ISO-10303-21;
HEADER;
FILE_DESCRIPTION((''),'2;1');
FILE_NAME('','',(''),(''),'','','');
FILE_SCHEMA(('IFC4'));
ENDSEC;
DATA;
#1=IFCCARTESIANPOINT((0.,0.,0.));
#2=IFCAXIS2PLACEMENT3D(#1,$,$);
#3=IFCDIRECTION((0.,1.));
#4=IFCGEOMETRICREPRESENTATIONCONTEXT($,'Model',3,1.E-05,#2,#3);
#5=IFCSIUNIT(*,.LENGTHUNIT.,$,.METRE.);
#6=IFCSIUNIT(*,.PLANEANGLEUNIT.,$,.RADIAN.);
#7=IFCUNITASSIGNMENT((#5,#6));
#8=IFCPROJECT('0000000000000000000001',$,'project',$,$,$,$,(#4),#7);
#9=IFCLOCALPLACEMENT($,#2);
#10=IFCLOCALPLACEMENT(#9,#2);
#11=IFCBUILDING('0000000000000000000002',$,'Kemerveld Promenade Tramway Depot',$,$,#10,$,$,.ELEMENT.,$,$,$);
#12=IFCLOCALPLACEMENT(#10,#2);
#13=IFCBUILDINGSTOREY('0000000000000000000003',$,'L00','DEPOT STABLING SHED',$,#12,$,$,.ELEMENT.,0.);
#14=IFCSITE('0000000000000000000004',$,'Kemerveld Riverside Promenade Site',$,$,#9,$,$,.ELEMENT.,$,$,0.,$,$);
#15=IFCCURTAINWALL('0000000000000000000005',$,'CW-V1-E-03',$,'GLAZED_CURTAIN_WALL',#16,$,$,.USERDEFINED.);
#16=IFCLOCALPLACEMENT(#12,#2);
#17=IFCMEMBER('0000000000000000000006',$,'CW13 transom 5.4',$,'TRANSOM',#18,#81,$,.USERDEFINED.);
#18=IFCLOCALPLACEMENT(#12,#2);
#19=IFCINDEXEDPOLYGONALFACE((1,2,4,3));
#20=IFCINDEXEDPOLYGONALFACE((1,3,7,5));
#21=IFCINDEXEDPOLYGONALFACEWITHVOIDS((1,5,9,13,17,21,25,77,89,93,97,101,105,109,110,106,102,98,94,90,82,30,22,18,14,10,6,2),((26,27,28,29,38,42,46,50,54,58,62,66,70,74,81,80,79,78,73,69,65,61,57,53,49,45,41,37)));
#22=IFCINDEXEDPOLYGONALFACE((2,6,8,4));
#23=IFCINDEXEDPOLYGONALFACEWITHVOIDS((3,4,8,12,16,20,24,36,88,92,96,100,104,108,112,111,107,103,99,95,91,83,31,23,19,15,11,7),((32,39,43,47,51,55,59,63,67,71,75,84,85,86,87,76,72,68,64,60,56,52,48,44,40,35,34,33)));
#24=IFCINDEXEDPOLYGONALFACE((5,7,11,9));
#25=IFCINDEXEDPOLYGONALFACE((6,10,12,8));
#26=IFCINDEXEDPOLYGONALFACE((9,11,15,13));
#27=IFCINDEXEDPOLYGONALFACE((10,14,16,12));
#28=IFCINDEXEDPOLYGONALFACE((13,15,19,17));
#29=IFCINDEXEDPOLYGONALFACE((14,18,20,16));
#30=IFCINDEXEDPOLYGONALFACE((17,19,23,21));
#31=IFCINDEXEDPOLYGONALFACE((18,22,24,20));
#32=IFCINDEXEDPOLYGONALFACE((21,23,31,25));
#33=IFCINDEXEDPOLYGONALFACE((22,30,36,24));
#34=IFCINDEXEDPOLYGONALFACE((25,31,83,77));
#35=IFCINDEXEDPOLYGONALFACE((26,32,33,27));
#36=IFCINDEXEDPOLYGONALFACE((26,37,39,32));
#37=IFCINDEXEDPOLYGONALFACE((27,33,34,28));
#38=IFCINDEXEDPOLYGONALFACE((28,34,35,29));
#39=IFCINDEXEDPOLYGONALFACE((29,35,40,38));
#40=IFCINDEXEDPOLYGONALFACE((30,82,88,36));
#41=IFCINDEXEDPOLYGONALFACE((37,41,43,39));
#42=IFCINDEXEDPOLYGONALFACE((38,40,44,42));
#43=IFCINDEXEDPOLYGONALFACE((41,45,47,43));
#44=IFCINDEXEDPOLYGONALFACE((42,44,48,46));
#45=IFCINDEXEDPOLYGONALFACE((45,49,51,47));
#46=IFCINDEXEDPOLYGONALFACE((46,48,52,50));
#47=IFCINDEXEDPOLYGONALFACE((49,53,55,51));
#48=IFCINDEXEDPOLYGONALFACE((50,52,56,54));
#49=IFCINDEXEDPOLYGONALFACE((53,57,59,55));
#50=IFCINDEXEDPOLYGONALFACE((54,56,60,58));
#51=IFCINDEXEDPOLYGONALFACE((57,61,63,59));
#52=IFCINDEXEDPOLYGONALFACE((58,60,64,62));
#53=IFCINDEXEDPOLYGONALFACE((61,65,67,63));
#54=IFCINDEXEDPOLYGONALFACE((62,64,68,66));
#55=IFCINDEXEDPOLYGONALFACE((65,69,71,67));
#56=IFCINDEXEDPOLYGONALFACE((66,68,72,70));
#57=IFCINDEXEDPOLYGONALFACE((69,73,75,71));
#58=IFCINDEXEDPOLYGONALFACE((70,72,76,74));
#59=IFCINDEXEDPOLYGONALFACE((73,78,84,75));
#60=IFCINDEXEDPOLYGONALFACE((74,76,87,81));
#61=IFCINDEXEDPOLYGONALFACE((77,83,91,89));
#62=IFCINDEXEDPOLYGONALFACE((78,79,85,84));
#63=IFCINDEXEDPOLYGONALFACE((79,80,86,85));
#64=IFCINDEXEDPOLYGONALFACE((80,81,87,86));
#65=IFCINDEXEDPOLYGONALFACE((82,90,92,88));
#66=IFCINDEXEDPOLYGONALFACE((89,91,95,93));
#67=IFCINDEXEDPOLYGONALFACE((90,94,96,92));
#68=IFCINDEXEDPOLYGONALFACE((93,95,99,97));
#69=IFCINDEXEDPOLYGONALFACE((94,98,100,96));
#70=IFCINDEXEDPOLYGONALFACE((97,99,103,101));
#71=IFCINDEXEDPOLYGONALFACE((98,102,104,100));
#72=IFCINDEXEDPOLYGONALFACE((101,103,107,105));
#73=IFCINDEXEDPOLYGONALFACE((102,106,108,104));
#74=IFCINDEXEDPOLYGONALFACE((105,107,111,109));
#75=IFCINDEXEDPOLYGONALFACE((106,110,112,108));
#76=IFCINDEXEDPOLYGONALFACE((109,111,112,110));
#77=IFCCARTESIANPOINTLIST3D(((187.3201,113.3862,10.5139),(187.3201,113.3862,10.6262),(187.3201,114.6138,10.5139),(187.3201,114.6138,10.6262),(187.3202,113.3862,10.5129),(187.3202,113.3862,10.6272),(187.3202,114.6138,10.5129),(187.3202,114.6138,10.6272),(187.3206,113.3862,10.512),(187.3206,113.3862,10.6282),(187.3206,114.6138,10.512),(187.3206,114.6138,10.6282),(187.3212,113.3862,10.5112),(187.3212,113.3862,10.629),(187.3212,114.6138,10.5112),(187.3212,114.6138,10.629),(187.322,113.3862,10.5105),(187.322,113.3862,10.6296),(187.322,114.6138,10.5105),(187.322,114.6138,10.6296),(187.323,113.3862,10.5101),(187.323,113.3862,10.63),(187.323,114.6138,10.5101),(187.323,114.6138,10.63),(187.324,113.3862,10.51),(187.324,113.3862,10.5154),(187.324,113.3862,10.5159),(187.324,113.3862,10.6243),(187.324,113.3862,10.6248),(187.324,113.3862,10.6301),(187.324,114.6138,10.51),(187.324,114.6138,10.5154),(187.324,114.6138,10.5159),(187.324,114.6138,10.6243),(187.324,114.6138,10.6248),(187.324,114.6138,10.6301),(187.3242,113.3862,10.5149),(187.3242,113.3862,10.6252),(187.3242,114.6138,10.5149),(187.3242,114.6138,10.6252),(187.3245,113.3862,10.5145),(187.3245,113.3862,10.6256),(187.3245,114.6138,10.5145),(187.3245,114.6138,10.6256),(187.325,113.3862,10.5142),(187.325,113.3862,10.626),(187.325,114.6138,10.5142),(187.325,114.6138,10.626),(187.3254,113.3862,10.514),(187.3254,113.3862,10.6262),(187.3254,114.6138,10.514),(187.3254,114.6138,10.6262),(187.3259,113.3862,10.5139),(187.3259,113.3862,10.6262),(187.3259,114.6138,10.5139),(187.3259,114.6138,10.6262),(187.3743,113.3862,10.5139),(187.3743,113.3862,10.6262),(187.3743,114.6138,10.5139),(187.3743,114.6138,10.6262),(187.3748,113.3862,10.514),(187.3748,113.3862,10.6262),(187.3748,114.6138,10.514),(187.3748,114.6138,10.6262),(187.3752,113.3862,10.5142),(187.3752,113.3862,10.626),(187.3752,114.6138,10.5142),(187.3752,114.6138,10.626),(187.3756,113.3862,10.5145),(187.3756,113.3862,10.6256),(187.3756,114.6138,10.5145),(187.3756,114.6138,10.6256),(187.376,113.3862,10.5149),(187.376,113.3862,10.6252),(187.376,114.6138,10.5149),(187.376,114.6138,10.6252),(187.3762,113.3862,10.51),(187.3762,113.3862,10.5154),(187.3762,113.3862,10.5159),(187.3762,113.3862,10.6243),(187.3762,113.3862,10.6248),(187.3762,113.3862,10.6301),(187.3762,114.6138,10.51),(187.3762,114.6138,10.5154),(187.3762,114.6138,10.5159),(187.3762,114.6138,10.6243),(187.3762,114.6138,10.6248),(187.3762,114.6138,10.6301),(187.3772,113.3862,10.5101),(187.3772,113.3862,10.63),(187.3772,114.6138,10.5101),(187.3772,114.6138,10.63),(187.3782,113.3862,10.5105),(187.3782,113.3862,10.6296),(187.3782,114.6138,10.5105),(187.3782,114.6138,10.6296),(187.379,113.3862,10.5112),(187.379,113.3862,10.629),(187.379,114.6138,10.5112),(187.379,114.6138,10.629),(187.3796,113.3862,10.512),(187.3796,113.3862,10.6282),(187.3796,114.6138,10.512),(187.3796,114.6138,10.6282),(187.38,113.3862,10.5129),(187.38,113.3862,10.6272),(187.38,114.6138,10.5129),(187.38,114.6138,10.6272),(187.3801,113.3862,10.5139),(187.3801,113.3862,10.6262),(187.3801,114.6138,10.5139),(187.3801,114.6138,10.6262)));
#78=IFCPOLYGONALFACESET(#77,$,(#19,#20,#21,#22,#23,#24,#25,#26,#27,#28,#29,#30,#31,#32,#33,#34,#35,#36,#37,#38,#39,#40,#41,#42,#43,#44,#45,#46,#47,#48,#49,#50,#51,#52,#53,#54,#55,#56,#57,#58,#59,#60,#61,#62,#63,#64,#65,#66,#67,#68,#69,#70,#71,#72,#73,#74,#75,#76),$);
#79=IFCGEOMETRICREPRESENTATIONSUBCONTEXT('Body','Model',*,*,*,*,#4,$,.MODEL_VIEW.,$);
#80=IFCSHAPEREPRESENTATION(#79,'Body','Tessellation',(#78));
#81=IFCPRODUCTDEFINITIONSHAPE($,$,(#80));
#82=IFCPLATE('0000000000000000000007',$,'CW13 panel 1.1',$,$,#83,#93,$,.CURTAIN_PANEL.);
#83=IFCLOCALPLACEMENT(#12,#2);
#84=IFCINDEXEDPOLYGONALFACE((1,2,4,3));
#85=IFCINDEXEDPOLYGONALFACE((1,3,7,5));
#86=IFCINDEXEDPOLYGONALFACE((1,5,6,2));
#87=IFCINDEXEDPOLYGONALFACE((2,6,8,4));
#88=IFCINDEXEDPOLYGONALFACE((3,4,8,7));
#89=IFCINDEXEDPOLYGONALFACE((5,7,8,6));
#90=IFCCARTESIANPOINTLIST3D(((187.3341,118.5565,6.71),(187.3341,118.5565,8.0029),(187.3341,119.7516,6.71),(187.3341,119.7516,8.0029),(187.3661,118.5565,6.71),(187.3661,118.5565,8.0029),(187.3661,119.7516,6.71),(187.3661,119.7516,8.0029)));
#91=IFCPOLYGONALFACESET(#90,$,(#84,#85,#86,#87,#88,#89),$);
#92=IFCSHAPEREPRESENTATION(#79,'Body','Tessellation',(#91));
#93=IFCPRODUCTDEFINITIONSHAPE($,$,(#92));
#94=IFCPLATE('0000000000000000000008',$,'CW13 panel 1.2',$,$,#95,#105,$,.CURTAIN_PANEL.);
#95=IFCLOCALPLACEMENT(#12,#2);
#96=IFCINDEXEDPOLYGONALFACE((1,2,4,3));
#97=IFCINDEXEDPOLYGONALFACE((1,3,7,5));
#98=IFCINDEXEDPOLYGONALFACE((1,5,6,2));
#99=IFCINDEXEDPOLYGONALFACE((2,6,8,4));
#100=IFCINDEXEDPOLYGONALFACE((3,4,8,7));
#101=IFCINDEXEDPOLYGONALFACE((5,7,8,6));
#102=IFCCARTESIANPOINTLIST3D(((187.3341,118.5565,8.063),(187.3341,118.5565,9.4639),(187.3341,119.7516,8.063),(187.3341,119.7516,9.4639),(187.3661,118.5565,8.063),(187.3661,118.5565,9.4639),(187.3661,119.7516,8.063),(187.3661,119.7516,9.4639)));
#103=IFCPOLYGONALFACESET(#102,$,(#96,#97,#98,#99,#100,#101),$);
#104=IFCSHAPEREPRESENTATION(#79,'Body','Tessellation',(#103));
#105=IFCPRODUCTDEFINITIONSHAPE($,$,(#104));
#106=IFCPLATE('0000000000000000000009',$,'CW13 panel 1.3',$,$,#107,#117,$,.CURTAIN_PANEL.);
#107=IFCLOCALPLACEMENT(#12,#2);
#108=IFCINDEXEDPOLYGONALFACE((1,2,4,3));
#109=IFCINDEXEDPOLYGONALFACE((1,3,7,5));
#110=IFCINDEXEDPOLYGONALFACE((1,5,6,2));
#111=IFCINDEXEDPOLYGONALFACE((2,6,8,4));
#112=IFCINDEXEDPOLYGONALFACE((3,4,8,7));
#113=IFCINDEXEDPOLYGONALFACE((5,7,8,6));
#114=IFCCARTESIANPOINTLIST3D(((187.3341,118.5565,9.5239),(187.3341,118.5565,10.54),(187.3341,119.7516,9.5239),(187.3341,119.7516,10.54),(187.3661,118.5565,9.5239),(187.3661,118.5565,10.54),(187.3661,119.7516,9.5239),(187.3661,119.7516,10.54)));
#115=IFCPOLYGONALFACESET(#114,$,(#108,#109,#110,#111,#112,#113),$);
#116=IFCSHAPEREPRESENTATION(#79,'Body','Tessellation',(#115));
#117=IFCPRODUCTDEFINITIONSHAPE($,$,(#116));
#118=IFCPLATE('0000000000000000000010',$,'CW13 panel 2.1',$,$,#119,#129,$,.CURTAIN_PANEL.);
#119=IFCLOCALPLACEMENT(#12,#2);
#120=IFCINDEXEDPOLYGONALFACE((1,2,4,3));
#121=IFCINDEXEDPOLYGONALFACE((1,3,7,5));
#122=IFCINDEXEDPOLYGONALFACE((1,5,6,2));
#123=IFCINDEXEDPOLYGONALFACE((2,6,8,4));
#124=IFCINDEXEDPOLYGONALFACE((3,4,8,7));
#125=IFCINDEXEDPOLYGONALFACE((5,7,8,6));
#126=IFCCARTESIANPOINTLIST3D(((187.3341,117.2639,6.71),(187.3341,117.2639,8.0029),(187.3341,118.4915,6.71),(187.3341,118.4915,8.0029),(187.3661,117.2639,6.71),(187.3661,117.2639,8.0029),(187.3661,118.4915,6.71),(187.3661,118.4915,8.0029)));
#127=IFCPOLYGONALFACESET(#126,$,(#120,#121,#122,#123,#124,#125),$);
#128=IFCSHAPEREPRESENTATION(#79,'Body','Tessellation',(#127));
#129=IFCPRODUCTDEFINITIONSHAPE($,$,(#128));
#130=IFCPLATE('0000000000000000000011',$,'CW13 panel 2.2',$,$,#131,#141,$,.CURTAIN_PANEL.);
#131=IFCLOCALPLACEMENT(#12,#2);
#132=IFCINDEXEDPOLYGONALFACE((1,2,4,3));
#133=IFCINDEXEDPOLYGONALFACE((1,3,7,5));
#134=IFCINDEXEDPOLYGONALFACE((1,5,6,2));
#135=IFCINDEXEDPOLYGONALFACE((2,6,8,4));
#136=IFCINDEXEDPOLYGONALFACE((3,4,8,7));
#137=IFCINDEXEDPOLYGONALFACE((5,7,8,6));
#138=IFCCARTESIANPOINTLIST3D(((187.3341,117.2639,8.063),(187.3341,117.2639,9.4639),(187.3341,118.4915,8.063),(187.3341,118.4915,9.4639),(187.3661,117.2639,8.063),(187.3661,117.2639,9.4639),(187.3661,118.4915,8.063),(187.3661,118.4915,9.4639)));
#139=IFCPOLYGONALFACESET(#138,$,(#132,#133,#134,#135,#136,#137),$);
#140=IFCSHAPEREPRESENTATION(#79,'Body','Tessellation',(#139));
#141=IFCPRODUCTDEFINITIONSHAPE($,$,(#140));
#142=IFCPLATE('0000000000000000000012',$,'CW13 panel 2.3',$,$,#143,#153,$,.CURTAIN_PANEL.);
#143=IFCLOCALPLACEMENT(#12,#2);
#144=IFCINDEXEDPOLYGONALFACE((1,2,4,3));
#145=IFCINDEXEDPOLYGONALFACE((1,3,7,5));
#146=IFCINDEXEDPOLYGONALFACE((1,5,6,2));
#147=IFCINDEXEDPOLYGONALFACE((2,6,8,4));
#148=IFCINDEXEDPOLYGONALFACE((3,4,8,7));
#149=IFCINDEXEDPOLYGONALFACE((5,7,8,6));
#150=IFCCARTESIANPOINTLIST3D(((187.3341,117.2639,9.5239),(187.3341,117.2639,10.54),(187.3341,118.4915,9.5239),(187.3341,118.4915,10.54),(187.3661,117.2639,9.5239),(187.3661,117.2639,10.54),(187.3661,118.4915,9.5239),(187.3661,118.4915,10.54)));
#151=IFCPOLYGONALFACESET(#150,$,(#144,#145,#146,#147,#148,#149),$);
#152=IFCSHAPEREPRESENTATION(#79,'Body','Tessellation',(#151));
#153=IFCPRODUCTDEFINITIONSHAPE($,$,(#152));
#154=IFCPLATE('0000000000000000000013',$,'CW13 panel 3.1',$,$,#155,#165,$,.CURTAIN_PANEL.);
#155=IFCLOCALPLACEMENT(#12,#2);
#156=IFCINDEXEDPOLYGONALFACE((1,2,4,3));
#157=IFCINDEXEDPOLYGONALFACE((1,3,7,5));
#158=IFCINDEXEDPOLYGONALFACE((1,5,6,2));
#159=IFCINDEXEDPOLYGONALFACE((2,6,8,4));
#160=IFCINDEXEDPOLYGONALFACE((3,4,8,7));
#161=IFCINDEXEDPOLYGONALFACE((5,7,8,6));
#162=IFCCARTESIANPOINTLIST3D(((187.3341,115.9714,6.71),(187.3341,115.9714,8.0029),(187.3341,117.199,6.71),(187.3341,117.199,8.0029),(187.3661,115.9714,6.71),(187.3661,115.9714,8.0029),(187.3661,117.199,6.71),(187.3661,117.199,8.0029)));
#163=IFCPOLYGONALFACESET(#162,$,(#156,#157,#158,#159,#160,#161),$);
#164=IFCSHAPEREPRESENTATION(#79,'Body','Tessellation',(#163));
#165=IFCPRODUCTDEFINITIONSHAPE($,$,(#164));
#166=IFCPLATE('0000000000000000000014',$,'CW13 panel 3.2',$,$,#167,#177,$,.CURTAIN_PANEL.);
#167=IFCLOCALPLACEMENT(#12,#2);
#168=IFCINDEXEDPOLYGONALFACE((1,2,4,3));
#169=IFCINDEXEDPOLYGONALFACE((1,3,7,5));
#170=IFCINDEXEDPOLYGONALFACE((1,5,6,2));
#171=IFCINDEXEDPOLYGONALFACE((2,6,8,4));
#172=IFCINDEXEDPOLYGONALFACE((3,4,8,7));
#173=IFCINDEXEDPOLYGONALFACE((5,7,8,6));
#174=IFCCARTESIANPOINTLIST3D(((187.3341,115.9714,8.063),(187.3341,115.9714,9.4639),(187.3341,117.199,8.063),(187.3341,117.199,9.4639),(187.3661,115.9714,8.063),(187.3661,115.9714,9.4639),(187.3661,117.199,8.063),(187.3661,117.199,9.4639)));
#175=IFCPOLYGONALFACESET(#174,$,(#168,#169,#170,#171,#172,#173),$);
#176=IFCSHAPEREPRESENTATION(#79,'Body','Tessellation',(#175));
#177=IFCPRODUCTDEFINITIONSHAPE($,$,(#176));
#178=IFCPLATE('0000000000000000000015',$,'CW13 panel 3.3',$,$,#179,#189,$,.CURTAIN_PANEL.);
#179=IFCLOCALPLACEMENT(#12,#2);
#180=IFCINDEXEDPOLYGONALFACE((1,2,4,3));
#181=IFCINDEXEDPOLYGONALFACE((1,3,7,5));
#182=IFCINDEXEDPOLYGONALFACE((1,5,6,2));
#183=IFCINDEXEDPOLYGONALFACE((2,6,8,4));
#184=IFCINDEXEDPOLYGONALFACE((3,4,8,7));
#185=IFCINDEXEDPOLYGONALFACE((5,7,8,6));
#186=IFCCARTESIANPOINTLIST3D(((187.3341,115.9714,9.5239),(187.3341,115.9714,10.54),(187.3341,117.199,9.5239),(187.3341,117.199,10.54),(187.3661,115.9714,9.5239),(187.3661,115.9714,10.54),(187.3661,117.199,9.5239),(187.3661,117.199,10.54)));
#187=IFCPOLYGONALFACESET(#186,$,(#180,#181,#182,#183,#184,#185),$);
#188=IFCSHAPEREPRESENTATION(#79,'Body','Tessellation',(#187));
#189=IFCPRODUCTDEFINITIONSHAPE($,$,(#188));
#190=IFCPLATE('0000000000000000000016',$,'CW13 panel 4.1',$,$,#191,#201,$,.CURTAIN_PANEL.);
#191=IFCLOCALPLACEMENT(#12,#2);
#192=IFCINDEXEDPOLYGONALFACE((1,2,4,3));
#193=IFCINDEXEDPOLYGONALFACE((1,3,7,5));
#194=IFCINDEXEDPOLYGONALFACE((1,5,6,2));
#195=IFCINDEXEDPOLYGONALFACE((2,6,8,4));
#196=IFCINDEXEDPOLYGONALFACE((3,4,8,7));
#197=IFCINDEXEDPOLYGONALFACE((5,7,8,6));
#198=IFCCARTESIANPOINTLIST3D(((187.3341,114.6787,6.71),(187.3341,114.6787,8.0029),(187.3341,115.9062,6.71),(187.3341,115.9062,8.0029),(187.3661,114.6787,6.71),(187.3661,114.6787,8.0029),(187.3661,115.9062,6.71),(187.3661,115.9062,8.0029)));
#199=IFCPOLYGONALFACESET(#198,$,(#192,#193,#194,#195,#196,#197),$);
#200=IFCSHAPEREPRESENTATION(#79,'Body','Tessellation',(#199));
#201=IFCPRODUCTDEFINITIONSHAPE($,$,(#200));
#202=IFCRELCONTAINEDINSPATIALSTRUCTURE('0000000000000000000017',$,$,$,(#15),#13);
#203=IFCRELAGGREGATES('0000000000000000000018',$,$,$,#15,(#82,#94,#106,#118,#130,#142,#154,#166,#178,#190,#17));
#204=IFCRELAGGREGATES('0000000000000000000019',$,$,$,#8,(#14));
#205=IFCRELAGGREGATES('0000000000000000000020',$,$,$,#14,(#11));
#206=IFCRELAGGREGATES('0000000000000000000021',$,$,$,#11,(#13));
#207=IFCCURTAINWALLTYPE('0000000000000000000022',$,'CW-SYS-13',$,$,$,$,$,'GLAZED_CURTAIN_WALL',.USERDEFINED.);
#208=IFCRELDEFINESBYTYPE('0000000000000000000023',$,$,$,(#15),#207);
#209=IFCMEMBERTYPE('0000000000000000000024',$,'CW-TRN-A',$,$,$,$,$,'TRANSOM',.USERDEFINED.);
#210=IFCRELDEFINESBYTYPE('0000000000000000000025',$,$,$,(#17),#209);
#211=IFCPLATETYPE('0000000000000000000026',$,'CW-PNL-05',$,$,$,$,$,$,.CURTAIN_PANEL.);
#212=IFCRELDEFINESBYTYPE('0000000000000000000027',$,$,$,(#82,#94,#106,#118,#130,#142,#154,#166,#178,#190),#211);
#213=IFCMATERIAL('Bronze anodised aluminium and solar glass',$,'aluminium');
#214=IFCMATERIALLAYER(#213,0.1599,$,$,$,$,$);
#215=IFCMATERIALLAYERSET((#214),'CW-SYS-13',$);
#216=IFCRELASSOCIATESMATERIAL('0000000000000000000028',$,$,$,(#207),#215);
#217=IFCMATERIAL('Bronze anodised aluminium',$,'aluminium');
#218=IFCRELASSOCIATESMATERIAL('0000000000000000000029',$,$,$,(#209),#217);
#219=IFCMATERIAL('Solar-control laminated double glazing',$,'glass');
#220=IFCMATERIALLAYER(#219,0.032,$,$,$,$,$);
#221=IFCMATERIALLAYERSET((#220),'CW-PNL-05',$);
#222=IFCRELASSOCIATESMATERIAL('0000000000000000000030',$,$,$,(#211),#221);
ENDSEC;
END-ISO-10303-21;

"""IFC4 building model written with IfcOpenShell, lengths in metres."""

from ifc_helpers import new_model, si_unit, direction, frame, origin, origin_2d, place, context, subcontext, project, spatial, rectangle, hollow_rectangle, extrude, material, layer, layer_set, material_profile, profile_set, type_object, element, aggregate, save


model = new_model("IFC4")

# Units and contexts
model_context = context("Model", 3, precision=1e-05, world=origin(), true_north=direction((0.0, 1.0)))
body_context = subcontext(model_context, "Body", "Model", "MODEL_VIEW")
ifc_project = project(units=[si_unit("LENGTHUNIT", "METRE"), si_unit("PLANEANGLEUNIT", "RADIAN")], contexts=[model_context])

# Site, building, storey
site_placement = place(None, origin())
site = spatial("IfcSite", under=ifc_project, at=site_placement, Name="Kemerveld Riverside Promenade Site", CompositionType="ELEMENT", RefElevation=0.0)
building_placement = place(site_placement, origin())
building = spatial("IfcBuilding", under=site, at=building_placement, Name="Kemerveld Promenade Tramway Depot", CompositionType="ELEMENT")
storey_placement = place(building_placement, origin())
storey = spatial("IfcBuildingStorey", under=building, at=storey_placement, Name="L00", Description="DEPOT STABLING SHED", CompositionType="ELEMENT", Elevation=0.0)

# Curtain wall, member, plates
ifc_material_1 = material(Name="Bronze anodised aluminium and solar glass", Category="aluminium")
ifc_layer_1 = layer(ifc_material_1, 0.1599)
ifc_layer_set_1 = layer_set([ifc_layer_1], Name="CW-SYS-13")
curtain_wall_type = type_object("IfcCurtainWallType", Name="CW-SYS-13", ElementType="GLAZED_CURTAIN_WALL", PredefinedType="USERDEFINED", material=ifc_layer_set_1)
curtain_wall_placement = place(storey_placement, origin())
curtain_wall = element("IfcCurtainWall", 1, at=curtain_wall_placement, inside=storey, type_object=curtain_wall_type, Name="CW-V1-E-03", ObjectType="GLAZED_CURTAIN_WALL", PredefinedType="USERDEFINED")
ifc_material_2 = material(Name="Bronze anodised aluminium", Category="aluminium")
ifc_material_profile_1 = material_profile(ifc_material_2, hollow_rectangle(XDim=0.0601, YDim=0.1201, WallThickness=0.0039, InnerFilletRadius=0.002, OuterFilletRadius=0.0039, at=origin_2d()), Name="CW-TRN-120x60")
ifc_profile_set_1 = profile_set([ifc_material_profile_1], Name="Bronze anodised aluminium")
member_type_1 = type_object("IfcMemberType", Name="CW-TRN-A", ElementType="TRANSOM", PredefinedType="USERDEFINED", material=ifc_profile_set_1)
member_1_placement = place(storey_placement, frame((187.3501, 114.6138, 10.5701), z_axis=(0.0, -1.0, 0.0), x_axis=(1.0, 0.0, 0.0)))
member_1 = element("IfcMember", 2, at=member_1_placement, type_object=member_type_1, Name="CW13 transom 5.4", ObjectType="TRANSOM", PredefinedType="USERDEFINED", context=body_context, shape_type="SweptSolid", body=[
    extrude(hollow_rectangle(XDim=0.0601, YDim=0.1201, WallThickness=0.0039, InnerFilletRadius=0.002, OuterFilletRadius=0.0039, at=origin_2d()), origin(), (0.0, 0.0, 1.0), 1.2275),
])
ifc_material_3 = material(Name="Solar-control laminated double glazing", Category="glass")
ifc_layer_2 = layer(ifc_material_3, 0.032)
ifc_layer_set_2 = layer_set([ifc_layer_2], Name="CW-PNL-05")
plate_type = type_object("IfcPlateType", Name="CW-PNL-05", PredefinedType="CURTAIN_PANEL", material=ifc_layer_set_2)
plate_1_placement = place(storey_placement, frame((187.3501, 119.1541, 6.71), z_axis=(0.0, 0.0, 1.0), x_axis=(0.0, -1.0, 0.0)))
plate_1 = element("IfcPlate", 3, at=plate_1_placement, type_object=plate_type, Name="CW13 panel 1.1", PredefinedType="CURTAIN_PANEL", context=body_context, shape_type="SweptSolid", body=[
    extrude(rectangle(XDim=1.1951, YDim=0.032, at=origin_2d()), origin(), (0.0, 0.0, 1.0), 1.293),
])
plate_2_placement = place(storey_placement, frame((187.3501, 119.1541, 8.063), z_axis=(0.0, 0.0, 1.0), x_axis=(0.0, -1.0, 0.0)))
plate_2 = element("IfcPlate", 4, at=plate_2_placement, type_object=plate_type, Name="CW13 panel 1.2", PredefinedType="CURTAIN_PANEL", context=body_context, shape_type="SweptSolid", body=[
    extrude(rectangle(XDim=1.1951, YDim=0.032, at=origin_2d()), origin(), (0.0, 0.0, 1.0), 1.4009),
])
plate_3_placement = place(storey_placement, frame((187.3501, 119.1541, 9.5239), z_axis=(0.0, 0.0, 1.0), x_axis=(0.0, -1.0, 0.0)))
plate_3 = element("IfcPlate", 5, at=plate_3_placement, type_object=plate_type, Name="CW13 panel 1.3", PredefinedType="CURTAIN_PANEL", context=body_context, shape_type="SweptSolid", body=[
    extrude(rectangle(XDim=1.1951, YDim=0.032, at=origin_2d()), origin(), (0.0, 0.0, 1.0), 1.0161),
])
plate_4_placement = place(storey_placement, frame((187.3501, 117.8777, 6.71), z_axis=(0.0, 0.0, 1.0), x_axis=(0.0, -1.0, 0.0)))
plate_4 = element("IfcPlate", 6, at=plate_4_placement, type_object=plate_type, Name="CW13 panel 2.1", PredefinedType="CURTAIN_PANEL", context=body_context, shape_type="SweptSolid", body=[
    extrude(rectangle(XDim=1.2275, YDim=0.032, at=origin_2d()), origin(), (0.0, 0.0, 1.0), 1.293),
])
plate_5_placement = place(storey_placement, frame((187.3501, 117.8777, 8.063), z_axis=(0.0, 0.0, 1.0), x_axis=(0.0, -1.0, 0.0)))
plate_5 = element("IfcPlate", 7, at=plate_5_placement, type_object=plate_type, Name="CW13 panel 2.2", PredefinedType="CURTAIN_PANEL", context=body_context, shape_type="SweptSolid", body=[
    extrude(rectangle(XDim=1.2275, YDim=0.032, at=origin_2d()), origin(), (0.0, 0.0, 1.0), 1.4009),
])
plate_6_placement = place(storey_placement, frame((187.3501, 117.8777, 9.5239), z_axis=(0.0, 0.0, 1.0), x_axis=(0.0, -1.0, 0.0)))
plate_6 = element("IfcPlate", 8, at=plate_6_placement, type_object=plate_type, Name="CW13 panel 2.3", PredefinedType="CURTAIN_PANEL", context=body_context, shape_type="SweptSolid", body=[
    extrude(rectangle(XDim=1.2275, YDim=0.032, at=origin_2d()), origin(), (0.0, 0.0, 1.0), 1.0161),
])
plate_7_placement = place(storey_placement, frame((187.3501, 116.5852, 6.71), z_axis=(0.0, 0.0, 1.0), x_axis=(0.0, -1.0, 0.0)))
plate_7 = element("IfcPlate", 9, at=plate_7_placement, type_object=plate_type, Name="CW13 panel 3.1", PredefinedType="CURTAIN_PANEL", context=body_context, shape_type="SweptSolid", body=[
    extrude(rectangle(XDim=1.2275, YDim=0.032, at=origin_2d()), origin(), (0.0, 0.0, 1.0), 1.293),
])
plate_8_placement = place(storey_placement, frame((187.3501, 116.5852, 8.063), z_axis=(0.0, 0.0, 1.0), x_axis=(0.0, -1.0, 0.0)))
plate_8 = element("IfcPlate", 10, at=plate_8_placement, type_object=plate_type, Name="CW13 panel 3.2", PredefinedType="CURTAIN_PANEL", context=body_context, shape_type="SweptSolid", body=[
    extrude(rectangle(XDim=1.2275, YDim=0.032, at=origin_2d()), origin(), (0.0, 0.0, 1.0), 1.4009),
])
plate_9_placement = place(storey_placement, frame((187.3501, 116.5852, 9.5239), z_axis=(0.0, 0.0, 1.0), x_axis=(0.0, -1.0, 0.0)))
plate_9 = element("IfcPlate", 11, at=plate_9_placement, type_object=plate_type, Name="CW13 panel 3.3", PredefinedType="CURTAIN_PANEL", context=body_context, shape_type="SweptSolid", body=[
    extrude(rectangle(XDim=1.2275, YDim=0.032, at=origin_2d()), origin(), (0.0, 0.0, 1.0), 1.0161),
])
plate_10_placement = place(storey_placement, frame((187.3501, 115.2925, 6.71), z_axis=(0.0, 0.0, 1.0), x_axis=(0.0, -1.0, 0.0)))
plate_10 = element("IfcPlate", 12, at=plate_10_placement, type_object=plate_type, Name="CW13 panel 4.1", PredefinedType="CURTAIN_PANEL", context=body_context, shape_type="SweptSolid", body=[
    extrude(rectangle(XDim=1.2275, YDim=0.032, at=origin_2d()), origin(), (0.0, 0.0, 1.0), 1.293),
])
aggregate(curtain_wall, [plate_1, plate_2, plate_3, plate_4, plate_5, plate_6, plate_7, plate_8, plate_9, plate_10, member_1])

save(model, "model.ifc")
